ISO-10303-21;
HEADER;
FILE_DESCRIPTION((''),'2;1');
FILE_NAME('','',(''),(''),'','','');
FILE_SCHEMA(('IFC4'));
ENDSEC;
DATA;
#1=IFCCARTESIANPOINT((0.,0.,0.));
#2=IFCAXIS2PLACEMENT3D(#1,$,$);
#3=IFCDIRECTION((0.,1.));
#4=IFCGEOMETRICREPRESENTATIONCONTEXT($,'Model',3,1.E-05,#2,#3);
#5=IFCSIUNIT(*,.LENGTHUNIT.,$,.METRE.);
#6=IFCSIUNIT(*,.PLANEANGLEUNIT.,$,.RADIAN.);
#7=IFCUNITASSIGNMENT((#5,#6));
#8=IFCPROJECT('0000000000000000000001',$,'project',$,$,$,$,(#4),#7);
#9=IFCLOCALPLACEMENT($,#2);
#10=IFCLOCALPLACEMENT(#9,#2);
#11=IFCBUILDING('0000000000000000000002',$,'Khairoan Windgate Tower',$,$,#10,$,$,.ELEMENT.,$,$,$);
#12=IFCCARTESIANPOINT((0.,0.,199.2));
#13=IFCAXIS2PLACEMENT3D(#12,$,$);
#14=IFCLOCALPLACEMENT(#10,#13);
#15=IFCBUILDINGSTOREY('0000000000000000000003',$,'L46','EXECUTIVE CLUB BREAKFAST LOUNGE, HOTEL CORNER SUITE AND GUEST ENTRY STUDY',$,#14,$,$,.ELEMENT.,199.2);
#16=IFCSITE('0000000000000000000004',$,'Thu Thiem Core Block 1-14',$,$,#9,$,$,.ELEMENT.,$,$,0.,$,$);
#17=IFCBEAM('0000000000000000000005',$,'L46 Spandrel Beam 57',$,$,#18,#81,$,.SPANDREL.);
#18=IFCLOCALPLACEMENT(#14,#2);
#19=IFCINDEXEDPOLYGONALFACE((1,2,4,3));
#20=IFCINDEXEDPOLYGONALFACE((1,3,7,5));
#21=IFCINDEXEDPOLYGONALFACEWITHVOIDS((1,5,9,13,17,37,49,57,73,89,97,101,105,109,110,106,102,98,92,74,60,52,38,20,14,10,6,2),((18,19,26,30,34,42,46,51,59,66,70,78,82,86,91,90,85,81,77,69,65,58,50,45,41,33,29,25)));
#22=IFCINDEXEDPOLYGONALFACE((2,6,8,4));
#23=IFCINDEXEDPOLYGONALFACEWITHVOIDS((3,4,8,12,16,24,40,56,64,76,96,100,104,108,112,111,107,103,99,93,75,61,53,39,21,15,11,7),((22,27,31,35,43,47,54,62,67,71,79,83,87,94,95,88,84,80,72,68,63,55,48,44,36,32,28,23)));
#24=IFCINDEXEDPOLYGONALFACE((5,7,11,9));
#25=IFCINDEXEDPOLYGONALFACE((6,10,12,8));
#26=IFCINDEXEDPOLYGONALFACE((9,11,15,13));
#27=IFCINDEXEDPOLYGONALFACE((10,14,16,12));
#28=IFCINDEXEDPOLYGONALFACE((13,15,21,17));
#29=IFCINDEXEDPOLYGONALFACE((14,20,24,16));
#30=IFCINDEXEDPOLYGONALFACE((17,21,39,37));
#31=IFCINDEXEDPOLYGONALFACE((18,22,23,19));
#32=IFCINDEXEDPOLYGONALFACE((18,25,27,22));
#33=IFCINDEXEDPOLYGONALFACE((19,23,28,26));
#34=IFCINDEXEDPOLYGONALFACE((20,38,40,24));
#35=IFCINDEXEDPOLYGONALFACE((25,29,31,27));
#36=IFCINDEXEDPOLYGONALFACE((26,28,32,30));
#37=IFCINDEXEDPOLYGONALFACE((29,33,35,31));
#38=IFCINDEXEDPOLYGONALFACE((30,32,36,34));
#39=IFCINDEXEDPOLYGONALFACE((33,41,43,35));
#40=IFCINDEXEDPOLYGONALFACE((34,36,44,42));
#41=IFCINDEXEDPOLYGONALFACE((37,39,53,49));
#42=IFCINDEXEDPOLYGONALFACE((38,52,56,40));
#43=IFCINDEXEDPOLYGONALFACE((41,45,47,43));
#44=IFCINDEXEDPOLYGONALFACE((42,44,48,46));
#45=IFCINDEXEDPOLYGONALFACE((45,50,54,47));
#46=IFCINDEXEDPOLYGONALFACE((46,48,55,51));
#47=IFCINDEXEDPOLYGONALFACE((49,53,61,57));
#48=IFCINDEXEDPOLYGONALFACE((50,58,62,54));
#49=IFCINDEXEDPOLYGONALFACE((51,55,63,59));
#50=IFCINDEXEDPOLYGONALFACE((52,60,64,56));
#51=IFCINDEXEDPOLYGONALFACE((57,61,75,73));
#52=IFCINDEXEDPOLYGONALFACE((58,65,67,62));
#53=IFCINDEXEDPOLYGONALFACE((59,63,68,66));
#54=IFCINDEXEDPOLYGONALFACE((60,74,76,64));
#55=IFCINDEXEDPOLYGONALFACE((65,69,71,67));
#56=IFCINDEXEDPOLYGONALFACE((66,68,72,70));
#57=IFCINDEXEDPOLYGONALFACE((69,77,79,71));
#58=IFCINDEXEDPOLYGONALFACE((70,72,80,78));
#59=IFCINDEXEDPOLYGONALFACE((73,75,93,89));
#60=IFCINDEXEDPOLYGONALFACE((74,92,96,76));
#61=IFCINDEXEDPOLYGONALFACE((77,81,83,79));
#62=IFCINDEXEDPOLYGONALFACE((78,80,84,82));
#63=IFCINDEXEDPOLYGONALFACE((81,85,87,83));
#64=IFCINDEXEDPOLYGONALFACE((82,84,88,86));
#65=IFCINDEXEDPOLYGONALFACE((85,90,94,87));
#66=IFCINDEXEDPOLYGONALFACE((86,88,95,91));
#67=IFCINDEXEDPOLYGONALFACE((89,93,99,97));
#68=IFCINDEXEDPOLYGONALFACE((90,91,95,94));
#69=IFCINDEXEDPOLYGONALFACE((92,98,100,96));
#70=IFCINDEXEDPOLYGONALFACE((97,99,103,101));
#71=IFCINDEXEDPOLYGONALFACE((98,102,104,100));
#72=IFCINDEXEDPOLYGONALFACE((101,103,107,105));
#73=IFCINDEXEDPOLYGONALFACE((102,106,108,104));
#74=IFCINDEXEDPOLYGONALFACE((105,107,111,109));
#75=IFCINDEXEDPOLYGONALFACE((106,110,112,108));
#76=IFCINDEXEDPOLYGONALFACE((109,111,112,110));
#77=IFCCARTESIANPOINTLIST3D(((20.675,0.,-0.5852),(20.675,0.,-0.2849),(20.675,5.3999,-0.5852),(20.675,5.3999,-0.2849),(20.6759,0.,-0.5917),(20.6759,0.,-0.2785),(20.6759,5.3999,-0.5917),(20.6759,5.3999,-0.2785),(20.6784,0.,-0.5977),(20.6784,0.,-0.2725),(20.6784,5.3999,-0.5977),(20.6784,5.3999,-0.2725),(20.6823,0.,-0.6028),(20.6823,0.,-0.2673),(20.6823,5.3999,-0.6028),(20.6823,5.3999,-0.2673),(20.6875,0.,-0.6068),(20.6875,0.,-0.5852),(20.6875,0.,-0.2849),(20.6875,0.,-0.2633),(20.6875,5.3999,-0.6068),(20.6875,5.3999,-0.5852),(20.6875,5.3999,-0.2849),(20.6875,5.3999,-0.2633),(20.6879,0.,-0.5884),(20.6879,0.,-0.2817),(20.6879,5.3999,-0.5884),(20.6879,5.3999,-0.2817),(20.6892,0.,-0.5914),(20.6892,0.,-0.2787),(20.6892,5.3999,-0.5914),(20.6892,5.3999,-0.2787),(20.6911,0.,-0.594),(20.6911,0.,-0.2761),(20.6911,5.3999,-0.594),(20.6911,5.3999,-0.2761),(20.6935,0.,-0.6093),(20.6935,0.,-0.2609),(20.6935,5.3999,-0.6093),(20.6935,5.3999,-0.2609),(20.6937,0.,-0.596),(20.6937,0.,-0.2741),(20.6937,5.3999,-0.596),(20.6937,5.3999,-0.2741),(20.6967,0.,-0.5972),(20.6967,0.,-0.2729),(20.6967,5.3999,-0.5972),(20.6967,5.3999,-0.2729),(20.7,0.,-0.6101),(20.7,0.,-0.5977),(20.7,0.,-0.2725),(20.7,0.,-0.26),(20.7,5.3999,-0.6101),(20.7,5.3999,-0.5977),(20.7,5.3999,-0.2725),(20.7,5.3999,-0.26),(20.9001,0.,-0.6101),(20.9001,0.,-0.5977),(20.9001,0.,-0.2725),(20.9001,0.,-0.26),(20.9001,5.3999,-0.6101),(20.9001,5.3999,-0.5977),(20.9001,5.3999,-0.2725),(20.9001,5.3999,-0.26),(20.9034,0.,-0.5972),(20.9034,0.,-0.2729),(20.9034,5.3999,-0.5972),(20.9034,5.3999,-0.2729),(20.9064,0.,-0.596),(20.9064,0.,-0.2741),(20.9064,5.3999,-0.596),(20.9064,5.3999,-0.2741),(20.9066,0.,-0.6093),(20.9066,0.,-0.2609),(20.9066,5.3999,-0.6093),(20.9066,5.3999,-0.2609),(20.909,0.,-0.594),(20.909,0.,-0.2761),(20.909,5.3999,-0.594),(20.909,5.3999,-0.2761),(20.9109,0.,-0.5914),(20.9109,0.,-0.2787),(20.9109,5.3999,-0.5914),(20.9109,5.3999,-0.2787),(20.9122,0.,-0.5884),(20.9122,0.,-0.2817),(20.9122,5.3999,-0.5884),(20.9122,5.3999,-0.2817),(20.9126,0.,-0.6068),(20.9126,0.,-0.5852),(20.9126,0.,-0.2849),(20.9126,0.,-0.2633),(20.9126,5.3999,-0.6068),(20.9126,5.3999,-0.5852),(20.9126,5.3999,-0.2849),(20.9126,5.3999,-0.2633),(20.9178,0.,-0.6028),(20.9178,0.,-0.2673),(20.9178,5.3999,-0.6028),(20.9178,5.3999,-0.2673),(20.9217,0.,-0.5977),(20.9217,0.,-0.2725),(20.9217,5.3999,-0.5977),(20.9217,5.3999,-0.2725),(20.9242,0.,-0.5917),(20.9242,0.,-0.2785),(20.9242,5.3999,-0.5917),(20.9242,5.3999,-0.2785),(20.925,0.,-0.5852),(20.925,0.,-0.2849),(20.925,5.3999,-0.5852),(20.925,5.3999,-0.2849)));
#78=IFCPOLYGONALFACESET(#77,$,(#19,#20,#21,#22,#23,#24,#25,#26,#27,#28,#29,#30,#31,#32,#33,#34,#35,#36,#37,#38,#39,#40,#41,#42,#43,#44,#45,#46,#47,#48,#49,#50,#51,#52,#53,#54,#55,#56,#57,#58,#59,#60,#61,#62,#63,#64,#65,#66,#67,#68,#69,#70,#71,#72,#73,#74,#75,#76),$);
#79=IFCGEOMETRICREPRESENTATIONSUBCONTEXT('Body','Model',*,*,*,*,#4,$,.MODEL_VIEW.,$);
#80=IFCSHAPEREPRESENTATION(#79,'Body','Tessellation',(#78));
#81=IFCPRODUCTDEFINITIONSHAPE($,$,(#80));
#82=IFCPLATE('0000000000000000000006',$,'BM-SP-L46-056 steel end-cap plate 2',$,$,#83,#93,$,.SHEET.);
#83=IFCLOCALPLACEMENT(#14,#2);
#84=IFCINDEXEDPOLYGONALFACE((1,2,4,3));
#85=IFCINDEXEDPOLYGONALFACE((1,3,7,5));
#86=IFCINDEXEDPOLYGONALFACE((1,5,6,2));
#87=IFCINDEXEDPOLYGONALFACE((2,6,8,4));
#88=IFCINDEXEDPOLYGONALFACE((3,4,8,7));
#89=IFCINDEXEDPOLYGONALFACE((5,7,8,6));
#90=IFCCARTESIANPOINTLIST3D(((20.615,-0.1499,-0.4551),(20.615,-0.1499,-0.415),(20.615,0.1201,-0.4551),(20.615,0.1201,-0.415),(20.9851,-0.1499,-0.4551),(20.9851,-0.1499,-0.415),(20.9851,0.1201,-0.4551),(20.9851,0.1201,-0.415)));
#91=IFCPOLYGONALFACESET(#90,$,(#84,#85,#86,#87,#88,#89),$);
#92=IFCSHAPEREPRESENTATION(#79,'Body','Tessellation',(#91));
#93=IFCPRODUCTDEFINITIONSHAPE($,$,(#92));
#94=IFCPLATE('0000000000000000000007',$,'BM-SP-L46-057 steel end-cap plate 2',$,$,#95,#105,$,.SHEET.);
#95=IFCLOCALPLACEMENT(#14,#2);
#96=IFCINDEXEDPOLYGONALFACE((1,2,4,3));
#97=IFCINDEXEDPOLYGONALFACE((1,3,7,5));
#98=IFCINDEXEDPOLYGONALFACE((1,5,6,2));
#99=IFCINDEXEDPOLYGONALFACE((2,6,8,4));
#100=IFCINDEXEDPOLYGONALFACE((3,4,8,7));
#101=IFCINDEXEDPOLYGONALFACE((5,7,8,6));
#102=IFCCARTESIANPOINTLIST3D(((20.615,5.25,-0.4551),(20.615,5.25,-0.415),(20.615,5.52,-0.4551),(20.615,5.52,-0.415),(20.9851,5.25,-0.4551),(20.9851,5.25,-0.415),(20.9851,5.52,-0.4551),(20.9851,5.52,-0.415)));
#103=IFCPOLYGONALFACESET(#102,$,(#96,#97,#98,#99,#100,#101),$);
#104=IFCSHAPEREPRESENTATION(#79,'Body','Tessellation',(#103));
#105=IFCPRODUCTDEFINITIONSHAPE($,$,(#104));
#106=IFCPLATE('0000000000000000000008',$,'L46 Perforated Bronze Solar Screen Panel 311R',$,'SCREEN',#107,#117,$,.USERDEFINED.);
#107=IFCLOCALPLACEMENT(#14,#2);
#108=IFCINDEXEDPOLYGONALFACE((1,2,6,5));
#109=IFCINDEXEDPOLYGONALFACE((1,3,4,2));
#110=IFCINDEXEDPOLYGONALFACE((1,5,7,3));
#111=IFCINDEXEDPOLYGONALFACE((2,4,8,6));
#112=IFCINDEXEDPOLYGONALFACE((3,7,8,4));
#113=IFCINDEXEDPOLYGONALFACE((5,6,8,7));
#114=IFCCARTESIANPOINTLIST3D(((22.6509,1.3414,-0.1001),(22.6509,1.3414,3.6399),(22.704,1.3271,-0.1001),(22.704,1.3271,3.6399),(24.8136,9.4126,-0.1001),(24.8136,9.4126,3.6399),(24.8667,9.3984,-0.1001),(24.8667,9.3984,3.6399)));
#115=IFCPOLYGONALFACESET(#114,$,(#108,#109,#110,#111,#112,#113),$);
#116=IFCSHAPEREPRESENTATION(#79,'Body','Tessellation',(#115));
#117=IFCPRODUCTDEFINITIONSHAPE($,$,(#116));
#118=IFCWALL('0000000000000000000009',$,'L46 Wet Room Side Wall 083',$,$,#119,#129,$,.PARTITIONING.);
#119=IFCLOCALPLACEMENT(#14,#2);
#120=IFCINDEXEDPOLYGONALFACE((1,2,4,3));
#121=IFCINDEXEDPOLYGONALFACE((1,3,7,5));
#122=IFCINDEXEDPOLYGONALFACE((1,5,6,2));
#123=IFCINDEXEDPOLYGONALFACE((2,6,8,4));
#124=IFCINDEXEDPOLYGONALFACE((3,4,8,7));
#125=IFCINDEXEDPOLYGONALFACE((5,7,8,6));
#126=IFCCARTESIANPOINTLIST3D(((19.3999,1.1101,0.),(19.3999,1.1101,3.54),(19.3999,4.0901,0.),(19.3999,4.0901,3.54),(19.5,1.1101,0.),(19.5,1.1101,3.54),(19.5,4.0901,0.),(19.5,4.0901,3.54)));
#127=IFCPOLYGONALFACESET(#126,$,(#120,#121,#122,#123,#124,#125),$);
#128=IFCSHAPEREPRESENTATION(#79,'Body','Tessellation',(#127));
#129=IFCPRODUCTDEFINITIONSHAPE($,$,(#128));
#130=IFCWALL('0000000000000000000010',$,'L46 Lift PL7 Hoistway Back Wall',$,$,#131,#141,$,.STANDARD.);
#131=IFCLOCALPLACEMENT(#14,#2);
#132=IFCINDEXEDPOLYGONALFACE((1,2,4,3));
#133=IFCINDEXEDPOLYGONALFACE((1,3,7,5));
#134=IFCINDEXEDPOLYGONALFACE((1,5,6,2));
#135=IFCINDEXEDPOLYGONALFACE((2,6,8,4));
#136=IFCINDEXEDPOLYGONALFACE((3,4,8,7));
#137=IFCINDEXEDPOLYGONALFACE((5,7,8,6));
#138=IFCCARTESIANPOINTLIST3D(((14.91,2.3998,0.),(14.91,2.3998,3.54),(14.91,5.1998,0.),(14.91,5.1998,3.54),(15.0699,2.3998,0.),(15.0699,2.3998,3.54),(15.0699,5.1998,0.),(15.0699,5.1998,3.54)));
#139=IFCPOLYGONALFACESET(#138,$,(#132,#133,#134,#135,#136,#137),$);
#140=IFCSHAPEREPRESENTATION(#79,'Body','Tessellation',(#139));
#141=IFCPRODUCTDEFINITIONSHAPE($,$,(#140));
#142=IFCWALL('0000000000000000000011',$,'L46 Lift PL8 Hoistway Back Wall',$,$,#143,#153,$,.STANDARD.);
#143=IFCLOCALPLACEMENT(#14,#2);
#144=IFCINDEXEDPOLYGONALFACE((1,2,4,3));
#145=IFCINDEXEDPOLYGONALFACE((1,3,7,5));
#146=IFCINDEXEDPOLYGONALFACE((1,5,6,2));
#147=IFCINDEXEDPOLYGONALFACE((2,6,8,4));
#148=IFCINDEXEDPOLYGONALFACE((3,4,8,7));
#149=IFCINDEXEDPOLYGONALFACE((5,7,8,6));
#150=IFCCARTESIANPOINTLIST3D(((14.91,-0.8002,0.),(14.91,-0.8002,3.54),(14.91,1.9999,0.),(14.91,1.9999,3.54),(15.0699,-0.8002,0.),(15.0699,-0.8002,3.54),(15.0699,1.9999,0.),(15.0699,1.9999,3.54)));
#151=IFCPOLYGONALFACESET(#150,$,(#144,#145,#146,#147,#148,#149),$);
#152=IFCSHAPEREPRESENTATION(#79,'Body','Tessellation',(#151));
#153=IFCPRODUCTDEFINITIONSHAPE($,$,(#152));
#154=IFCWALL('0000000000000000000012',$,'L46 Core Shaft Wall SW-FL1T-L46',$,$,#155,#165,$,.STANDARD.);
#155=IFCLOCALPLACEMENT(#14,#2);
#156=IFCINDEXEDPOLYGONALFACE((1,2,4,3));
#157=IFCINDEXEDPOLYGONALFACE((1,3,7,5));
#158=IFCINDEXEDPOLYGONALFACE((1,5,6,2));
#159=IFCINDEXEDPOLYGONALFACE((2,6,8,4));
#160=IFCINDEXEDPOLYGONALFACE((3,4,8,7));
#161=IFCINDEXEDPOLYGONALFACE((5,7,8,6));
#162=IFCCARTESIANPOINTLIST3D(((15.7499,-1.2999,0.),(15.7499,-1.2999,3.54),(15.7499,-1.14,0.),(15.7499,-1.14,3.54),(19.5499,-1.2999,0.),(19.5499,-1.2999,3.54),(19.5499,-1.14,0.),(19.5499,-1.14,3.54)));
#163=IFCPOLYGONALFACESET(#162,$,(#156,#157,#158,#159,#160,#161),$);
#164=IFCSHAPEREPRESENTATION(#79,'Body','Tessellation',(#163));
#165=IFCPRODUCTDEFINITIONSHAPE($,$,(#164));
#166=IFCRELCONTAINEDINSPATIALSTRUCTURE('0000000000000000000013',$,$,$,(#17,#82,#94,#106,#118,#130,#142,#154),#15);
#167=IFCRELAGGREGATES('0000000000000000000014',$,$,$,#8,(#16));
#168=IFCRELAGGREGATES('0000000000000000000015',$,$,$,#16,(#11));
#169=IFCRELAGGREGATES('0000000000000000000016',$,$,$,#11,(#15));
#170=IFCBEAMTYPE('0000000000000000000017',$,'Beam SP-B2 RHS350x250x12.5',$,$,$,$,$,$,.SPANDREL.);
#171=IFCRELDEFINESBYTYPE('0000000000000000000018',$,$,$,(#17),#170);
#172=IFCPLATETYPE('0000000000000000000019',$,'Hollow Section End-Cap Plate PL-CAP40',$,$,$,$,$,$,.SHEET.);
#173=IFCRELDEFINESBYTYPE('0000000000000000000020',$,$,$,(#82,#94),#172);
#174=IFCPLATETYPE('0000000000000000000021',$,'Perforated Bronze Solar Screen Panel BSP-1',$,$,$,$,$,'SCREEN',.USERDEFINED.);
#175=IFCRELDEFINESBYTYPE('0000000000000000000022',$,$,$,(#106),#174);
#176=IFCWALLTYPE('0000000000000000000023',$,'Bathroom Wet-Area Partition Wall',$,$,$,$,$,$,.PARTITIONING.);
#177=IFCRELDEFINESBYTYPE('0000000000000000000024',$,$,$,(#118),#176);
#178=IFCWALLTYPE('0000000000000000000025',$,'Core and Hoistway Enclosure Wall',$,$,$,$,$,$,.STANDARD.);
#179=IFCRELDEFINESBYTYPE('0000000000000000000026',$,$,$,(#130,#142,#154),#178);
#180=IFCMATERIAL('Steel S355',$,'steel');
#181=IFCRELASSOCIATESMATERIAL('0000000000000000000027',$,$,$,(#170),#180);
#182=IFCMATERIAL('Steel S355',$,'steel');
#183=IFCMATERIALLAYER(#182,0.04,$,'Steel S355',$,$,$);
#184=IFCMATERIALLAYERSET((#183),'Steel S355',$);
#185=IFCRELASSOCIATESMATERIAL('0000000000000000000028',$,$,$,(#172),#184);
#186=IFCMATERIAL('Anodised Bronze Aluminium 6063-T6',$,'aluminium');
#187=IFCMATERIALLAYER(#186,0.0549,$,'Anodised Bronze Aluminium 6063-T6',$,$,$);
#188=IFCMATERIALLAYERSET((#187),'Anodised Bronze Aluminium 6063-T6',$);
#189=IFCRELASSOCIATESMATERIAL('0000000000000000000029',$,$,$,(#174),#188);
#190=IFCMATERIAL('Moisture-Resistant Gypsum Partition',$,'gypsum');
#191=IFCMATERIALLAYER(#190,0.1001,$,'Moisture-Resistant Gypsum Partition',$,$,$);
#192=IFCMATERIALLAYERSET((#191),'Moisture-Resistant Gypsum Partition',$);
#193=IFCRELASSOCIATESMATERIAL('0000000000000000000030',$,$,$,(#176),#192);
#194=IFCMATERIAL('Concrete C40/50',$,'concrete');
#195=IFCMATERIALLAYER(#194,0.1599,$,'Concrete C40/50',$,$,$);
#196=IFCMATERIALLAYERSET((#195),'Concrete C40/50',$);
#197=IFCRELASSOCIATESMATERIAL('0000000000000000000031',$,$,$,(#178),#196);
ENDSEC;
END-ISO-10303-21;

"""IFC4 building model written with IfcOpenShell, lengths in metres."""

from ifc_helpers import new_model, si_unit, direction, frame, frame_2d, origin, origin_2d, place, context, subcontext, project, spatial, rectangle, hollow_rectangle, extrude, material, layer, layer_set, material_profile, profile_set, type_object, element, save


model = new_model("IFC4")

# Units and contexts
model_context = context("Model", 3, precision=1e-05, world=origin(), true_north=direction((0.0, 1.0)))
body_context = subcontext(model_context, "Body", "Model", "MODEL_VIEW")
ifc_project = project(units=[si_unit("LENGTHUNIT", "METRE"), si_unit("PLANEANGLEUNIT", "RADIAN")], contexts=[model_context])

# Site, building, storey
site_placement = place(None, origin())
site = spatial("IfcSite", under=ifc_project, at=site_placement, Name="Thu Thiem Core Block 1-14", CompositionType="ELEMENT", RefElevation=0.0)
building_placement = place(site_placement, origin())
building = spatial("IfcBuilding", under=site, at=building_placement, Name="Khairoan Windgate Tower", CompositionType="ELEMENT")
storey_placement = place(building_placement, frame((0.0, 0.0, 199.2)))
storey = spatial("IfcBuildingStorey", under=building, at=storey_placement, Name="L46", Description="EXECUTIVE CLUB BREAKFAST LOUNGE, HOTEL CORNER SUITE AND GUEST ENTRY STUDY", CompositionType="ELEMENT", Elevation=199.2)

# Beam
ifc_material_1 = material(Name="Steel S355", Category="steel")
ifc_material_profile_1 = material_profile(ifc_material_1, hollow_rectangle(XDim=0.25, YDim=0.3501, WallThickness=0.0125, InnerFilletRadius=0.0125, OuterFilletRadius=0.0249, at=origin_2d()))
ifc_profile_set_1 = profile_set([ifc_material_profile_1], Name="Steel S355")
beam_type_1 = type_object("IfcBeamType", Name="Beam SP-B2 RHS350x250x12.5", PredefinedType="SPANDREL", material=ifc_profile_set_1)
beam_1_placement = place(storey_placement, frame((20.8, 0.0, -0.4351), z_axis=(0.0, 1.0, 0.0), x_axis=(-1.0, 0.0, 0.0)))
element("IfcBeam", 1, at=beam_1_placement, inside=storey, type_object=beam_type_1, Name="L46 Spandrel Beam 57", PredefinedType="SPANDREL", context=body_context, shape_type="SweptSolid", body=[
    extrude(hollow_rectangle(XDim=0.25, YDim=0.3501, WallThickness=0.0125, InnerFilletRadius=0.0125, OuterFilletRadius=0.0249, at=origin_2d()), origin(), (0.0, 0.0, 1.0), 5.3999),
])

# Plates
ifc_material_2 = material(Name="Steel S355", Category="steel")
ifc_layer_1 = layer(ifc_material_2, 0.04, Name="Steel S355")
ifc_layer_set_1 = layer_set([ifc_layer_1], Name="Steel S355")
plate_type_1 = type_object("IfcPlateType", Name="Hollow Section End-Cap Plate PL-CAP40", PredefinedType="SHEET", material=ifc_layer_set_1)
for number, where, z_axis, x_axis, name in (
    (2, (20.8, -0.0149, -0.4551), (0.0, 0.0, 1.0), (0.0, 1.0, 0.0), "BM-SP-L46-056 steel end-cap plate 2"),
    (3, (20.8, 5.385, -0.4551), (0.0, 0.0, 1.0), (0.0, 1.0, 0.0), "BM-SP-L46-057 steel end-cap plate 2"),
):
    element("IfcPlate", number, at=place(storey_placement, frame(where, z_axis=z_axis, x_axis=x_axis)), inside=storey, type_object=plate_type_1, Name=name, PredefinedType="SHEET", context=body_context, shape_type="SweptSolid", body=[
        extrude(rectangle(XDim=0.27, YDim=0.3701, at=origin_2d()), origin(), (0.0, 0.0, 1.0), 0.04),
    ])
ifc_material_3 = material(Name="Anodised Bronze Aluminium 6063-T6", Category="aluminium")
ifc_layer_2 = layer(ifc_material_3, 0.0549, Name="Anodised Bronze Aluminium 6063-T6")
ifc_layer_set_2 = layer_set([ifc_layer_2], Name="Anodised Bronze Aluminium 6063-T6")
plate_type_2 = type_object("IfcPlateType", Name="Perforated Bronze Solar Screen Panel BSP-1", ElementType="SCREEN", PredefinedType="USERDEFINED", material=ifc_layer_set_2)
plate_placement = place(storey_placement, frame((23.7588, 5.3699, -0.1001), z_axis=(0.0, 0.0, 1.0), x_axis=(-0.258819, -0.965926, 0.0)))
element("IfcPlate", 4, at=plate_placement, inside=storey, type_object=plate_type_2, Name="L46 Perforated Bronze Solar Screen Panel 311R", ObjectType="SCREEN", PredefinedType="USERDEFINED", context=body_context, shape_type="SweptSolid", body=[
    extrude(rectangle(XDim=8.356, YDim=0.0549, at=origin_2d()), origin(), (0.0, 0.0, 1.0), 3.74),
])

# Walls
ifc_material_4 = material(Name="Moisture-Resistant Gypsum Partition", Category="gypsum")
ifc_layer_3 = layer(ifc_material_4, 0.1001, Name="Moisture-Resistant Gypsum Partition")
ifc_layer_set_3 = layer_set([ifc_layer_3], Name="Moisture-Resistant Gypsum Partition")
wall_type_1 = type_object("IfcWallType", Name="Bathroom Wet-Area Partition Wall", PredefinedType="PARTITIONING", material=ifc_layer_set_3)
wall_1_placement = place(storey_placement, frame((19.45, 4.0901, 0.0), z_axis=(0.0, 0.0, 1.0), x_axis=(0.0, -1.0, 0.0)))
element("IfcWall", 5, at=wall_1_placement, inside=storey, type_object=wall_type_1, Name="L46 Wet Room Side Wall 083", PredefinedType="PARTITIONING", context=body_context, shape_type="SweptSolid", body=[
    extrude(rectangle(XDim=2.98, YDim=0.1001, at=frame_2d((1.49, 0.0))), origin(), (0.0, 0.0, 1.0), 3.54),
])
ifc_material_5 = material(Name="Concrete C40/50", Category="concrete")
ifc_layer_4 = layer(ifc_material_5, 0.1599, Name="Concrete C40/50")
ifc_layer_set_4 = layer_set([ifc_layer_4], Name="Concrete C40/50")
wall_type_2 = type_object("IfcWallType", Name="Core and Hoistway Enclosure Wall", PredefinedType="STANDARD", material=ifc_layer_set_4)
for number, where, z_axis, x_axis, name in (
    (6, (14.99, 2.3999, 0.0), (0.0, 0.0, 1.0), (0.0, 1.0, 0.0), "L46 Lift PL7 Hoistway Back Wall"),
    (7, (14.99, -0.8, 0.0), (0.0, 0.0, 1.0), (0.0, 1.0, 0.0), "L46 Lift PL8 Hoistway Back Wall"),
):
    element("IfcWall", number, at=place(storey_placement, frame(where, z_axis=z_axis, x_axis=x_axis)), inside=storey, type_object=wall_type_2, Name=name, PredefinedType="STANDARD", context=body_context, shape_type="SweptSolid", body=[
        extrude(rectangle(XDim=2.8, YDim=0.1599, at=frame_2d((1.3999, 0.0))), origin(), (0.0, 0.0, 1.0), 3.54),
    ])
wall_2_placement = place(storey_placement, frame((15.75, -1.22, 0.0), z_axis=(0.0, 0.0, 1.0), x_axis=(1.0, 0.0, 0.0)))
element("IfcWall", 8, at=wall_2_placement, inside=storey, type_object=wall_type_2, Name="L46 Core Shaft Wall SW-FL1T-L46", PredefinedType="STANDARD", context=body_context, shape_type="SweptSolid", body=[
    extrude(rectangle(XDim=3.8, YDim=0.1599, at=frame_2d((1.8999, 0.0))), origin(), (0.0, 0.0, 1.0), 3.54),
])

save(model, "model.ifc")
